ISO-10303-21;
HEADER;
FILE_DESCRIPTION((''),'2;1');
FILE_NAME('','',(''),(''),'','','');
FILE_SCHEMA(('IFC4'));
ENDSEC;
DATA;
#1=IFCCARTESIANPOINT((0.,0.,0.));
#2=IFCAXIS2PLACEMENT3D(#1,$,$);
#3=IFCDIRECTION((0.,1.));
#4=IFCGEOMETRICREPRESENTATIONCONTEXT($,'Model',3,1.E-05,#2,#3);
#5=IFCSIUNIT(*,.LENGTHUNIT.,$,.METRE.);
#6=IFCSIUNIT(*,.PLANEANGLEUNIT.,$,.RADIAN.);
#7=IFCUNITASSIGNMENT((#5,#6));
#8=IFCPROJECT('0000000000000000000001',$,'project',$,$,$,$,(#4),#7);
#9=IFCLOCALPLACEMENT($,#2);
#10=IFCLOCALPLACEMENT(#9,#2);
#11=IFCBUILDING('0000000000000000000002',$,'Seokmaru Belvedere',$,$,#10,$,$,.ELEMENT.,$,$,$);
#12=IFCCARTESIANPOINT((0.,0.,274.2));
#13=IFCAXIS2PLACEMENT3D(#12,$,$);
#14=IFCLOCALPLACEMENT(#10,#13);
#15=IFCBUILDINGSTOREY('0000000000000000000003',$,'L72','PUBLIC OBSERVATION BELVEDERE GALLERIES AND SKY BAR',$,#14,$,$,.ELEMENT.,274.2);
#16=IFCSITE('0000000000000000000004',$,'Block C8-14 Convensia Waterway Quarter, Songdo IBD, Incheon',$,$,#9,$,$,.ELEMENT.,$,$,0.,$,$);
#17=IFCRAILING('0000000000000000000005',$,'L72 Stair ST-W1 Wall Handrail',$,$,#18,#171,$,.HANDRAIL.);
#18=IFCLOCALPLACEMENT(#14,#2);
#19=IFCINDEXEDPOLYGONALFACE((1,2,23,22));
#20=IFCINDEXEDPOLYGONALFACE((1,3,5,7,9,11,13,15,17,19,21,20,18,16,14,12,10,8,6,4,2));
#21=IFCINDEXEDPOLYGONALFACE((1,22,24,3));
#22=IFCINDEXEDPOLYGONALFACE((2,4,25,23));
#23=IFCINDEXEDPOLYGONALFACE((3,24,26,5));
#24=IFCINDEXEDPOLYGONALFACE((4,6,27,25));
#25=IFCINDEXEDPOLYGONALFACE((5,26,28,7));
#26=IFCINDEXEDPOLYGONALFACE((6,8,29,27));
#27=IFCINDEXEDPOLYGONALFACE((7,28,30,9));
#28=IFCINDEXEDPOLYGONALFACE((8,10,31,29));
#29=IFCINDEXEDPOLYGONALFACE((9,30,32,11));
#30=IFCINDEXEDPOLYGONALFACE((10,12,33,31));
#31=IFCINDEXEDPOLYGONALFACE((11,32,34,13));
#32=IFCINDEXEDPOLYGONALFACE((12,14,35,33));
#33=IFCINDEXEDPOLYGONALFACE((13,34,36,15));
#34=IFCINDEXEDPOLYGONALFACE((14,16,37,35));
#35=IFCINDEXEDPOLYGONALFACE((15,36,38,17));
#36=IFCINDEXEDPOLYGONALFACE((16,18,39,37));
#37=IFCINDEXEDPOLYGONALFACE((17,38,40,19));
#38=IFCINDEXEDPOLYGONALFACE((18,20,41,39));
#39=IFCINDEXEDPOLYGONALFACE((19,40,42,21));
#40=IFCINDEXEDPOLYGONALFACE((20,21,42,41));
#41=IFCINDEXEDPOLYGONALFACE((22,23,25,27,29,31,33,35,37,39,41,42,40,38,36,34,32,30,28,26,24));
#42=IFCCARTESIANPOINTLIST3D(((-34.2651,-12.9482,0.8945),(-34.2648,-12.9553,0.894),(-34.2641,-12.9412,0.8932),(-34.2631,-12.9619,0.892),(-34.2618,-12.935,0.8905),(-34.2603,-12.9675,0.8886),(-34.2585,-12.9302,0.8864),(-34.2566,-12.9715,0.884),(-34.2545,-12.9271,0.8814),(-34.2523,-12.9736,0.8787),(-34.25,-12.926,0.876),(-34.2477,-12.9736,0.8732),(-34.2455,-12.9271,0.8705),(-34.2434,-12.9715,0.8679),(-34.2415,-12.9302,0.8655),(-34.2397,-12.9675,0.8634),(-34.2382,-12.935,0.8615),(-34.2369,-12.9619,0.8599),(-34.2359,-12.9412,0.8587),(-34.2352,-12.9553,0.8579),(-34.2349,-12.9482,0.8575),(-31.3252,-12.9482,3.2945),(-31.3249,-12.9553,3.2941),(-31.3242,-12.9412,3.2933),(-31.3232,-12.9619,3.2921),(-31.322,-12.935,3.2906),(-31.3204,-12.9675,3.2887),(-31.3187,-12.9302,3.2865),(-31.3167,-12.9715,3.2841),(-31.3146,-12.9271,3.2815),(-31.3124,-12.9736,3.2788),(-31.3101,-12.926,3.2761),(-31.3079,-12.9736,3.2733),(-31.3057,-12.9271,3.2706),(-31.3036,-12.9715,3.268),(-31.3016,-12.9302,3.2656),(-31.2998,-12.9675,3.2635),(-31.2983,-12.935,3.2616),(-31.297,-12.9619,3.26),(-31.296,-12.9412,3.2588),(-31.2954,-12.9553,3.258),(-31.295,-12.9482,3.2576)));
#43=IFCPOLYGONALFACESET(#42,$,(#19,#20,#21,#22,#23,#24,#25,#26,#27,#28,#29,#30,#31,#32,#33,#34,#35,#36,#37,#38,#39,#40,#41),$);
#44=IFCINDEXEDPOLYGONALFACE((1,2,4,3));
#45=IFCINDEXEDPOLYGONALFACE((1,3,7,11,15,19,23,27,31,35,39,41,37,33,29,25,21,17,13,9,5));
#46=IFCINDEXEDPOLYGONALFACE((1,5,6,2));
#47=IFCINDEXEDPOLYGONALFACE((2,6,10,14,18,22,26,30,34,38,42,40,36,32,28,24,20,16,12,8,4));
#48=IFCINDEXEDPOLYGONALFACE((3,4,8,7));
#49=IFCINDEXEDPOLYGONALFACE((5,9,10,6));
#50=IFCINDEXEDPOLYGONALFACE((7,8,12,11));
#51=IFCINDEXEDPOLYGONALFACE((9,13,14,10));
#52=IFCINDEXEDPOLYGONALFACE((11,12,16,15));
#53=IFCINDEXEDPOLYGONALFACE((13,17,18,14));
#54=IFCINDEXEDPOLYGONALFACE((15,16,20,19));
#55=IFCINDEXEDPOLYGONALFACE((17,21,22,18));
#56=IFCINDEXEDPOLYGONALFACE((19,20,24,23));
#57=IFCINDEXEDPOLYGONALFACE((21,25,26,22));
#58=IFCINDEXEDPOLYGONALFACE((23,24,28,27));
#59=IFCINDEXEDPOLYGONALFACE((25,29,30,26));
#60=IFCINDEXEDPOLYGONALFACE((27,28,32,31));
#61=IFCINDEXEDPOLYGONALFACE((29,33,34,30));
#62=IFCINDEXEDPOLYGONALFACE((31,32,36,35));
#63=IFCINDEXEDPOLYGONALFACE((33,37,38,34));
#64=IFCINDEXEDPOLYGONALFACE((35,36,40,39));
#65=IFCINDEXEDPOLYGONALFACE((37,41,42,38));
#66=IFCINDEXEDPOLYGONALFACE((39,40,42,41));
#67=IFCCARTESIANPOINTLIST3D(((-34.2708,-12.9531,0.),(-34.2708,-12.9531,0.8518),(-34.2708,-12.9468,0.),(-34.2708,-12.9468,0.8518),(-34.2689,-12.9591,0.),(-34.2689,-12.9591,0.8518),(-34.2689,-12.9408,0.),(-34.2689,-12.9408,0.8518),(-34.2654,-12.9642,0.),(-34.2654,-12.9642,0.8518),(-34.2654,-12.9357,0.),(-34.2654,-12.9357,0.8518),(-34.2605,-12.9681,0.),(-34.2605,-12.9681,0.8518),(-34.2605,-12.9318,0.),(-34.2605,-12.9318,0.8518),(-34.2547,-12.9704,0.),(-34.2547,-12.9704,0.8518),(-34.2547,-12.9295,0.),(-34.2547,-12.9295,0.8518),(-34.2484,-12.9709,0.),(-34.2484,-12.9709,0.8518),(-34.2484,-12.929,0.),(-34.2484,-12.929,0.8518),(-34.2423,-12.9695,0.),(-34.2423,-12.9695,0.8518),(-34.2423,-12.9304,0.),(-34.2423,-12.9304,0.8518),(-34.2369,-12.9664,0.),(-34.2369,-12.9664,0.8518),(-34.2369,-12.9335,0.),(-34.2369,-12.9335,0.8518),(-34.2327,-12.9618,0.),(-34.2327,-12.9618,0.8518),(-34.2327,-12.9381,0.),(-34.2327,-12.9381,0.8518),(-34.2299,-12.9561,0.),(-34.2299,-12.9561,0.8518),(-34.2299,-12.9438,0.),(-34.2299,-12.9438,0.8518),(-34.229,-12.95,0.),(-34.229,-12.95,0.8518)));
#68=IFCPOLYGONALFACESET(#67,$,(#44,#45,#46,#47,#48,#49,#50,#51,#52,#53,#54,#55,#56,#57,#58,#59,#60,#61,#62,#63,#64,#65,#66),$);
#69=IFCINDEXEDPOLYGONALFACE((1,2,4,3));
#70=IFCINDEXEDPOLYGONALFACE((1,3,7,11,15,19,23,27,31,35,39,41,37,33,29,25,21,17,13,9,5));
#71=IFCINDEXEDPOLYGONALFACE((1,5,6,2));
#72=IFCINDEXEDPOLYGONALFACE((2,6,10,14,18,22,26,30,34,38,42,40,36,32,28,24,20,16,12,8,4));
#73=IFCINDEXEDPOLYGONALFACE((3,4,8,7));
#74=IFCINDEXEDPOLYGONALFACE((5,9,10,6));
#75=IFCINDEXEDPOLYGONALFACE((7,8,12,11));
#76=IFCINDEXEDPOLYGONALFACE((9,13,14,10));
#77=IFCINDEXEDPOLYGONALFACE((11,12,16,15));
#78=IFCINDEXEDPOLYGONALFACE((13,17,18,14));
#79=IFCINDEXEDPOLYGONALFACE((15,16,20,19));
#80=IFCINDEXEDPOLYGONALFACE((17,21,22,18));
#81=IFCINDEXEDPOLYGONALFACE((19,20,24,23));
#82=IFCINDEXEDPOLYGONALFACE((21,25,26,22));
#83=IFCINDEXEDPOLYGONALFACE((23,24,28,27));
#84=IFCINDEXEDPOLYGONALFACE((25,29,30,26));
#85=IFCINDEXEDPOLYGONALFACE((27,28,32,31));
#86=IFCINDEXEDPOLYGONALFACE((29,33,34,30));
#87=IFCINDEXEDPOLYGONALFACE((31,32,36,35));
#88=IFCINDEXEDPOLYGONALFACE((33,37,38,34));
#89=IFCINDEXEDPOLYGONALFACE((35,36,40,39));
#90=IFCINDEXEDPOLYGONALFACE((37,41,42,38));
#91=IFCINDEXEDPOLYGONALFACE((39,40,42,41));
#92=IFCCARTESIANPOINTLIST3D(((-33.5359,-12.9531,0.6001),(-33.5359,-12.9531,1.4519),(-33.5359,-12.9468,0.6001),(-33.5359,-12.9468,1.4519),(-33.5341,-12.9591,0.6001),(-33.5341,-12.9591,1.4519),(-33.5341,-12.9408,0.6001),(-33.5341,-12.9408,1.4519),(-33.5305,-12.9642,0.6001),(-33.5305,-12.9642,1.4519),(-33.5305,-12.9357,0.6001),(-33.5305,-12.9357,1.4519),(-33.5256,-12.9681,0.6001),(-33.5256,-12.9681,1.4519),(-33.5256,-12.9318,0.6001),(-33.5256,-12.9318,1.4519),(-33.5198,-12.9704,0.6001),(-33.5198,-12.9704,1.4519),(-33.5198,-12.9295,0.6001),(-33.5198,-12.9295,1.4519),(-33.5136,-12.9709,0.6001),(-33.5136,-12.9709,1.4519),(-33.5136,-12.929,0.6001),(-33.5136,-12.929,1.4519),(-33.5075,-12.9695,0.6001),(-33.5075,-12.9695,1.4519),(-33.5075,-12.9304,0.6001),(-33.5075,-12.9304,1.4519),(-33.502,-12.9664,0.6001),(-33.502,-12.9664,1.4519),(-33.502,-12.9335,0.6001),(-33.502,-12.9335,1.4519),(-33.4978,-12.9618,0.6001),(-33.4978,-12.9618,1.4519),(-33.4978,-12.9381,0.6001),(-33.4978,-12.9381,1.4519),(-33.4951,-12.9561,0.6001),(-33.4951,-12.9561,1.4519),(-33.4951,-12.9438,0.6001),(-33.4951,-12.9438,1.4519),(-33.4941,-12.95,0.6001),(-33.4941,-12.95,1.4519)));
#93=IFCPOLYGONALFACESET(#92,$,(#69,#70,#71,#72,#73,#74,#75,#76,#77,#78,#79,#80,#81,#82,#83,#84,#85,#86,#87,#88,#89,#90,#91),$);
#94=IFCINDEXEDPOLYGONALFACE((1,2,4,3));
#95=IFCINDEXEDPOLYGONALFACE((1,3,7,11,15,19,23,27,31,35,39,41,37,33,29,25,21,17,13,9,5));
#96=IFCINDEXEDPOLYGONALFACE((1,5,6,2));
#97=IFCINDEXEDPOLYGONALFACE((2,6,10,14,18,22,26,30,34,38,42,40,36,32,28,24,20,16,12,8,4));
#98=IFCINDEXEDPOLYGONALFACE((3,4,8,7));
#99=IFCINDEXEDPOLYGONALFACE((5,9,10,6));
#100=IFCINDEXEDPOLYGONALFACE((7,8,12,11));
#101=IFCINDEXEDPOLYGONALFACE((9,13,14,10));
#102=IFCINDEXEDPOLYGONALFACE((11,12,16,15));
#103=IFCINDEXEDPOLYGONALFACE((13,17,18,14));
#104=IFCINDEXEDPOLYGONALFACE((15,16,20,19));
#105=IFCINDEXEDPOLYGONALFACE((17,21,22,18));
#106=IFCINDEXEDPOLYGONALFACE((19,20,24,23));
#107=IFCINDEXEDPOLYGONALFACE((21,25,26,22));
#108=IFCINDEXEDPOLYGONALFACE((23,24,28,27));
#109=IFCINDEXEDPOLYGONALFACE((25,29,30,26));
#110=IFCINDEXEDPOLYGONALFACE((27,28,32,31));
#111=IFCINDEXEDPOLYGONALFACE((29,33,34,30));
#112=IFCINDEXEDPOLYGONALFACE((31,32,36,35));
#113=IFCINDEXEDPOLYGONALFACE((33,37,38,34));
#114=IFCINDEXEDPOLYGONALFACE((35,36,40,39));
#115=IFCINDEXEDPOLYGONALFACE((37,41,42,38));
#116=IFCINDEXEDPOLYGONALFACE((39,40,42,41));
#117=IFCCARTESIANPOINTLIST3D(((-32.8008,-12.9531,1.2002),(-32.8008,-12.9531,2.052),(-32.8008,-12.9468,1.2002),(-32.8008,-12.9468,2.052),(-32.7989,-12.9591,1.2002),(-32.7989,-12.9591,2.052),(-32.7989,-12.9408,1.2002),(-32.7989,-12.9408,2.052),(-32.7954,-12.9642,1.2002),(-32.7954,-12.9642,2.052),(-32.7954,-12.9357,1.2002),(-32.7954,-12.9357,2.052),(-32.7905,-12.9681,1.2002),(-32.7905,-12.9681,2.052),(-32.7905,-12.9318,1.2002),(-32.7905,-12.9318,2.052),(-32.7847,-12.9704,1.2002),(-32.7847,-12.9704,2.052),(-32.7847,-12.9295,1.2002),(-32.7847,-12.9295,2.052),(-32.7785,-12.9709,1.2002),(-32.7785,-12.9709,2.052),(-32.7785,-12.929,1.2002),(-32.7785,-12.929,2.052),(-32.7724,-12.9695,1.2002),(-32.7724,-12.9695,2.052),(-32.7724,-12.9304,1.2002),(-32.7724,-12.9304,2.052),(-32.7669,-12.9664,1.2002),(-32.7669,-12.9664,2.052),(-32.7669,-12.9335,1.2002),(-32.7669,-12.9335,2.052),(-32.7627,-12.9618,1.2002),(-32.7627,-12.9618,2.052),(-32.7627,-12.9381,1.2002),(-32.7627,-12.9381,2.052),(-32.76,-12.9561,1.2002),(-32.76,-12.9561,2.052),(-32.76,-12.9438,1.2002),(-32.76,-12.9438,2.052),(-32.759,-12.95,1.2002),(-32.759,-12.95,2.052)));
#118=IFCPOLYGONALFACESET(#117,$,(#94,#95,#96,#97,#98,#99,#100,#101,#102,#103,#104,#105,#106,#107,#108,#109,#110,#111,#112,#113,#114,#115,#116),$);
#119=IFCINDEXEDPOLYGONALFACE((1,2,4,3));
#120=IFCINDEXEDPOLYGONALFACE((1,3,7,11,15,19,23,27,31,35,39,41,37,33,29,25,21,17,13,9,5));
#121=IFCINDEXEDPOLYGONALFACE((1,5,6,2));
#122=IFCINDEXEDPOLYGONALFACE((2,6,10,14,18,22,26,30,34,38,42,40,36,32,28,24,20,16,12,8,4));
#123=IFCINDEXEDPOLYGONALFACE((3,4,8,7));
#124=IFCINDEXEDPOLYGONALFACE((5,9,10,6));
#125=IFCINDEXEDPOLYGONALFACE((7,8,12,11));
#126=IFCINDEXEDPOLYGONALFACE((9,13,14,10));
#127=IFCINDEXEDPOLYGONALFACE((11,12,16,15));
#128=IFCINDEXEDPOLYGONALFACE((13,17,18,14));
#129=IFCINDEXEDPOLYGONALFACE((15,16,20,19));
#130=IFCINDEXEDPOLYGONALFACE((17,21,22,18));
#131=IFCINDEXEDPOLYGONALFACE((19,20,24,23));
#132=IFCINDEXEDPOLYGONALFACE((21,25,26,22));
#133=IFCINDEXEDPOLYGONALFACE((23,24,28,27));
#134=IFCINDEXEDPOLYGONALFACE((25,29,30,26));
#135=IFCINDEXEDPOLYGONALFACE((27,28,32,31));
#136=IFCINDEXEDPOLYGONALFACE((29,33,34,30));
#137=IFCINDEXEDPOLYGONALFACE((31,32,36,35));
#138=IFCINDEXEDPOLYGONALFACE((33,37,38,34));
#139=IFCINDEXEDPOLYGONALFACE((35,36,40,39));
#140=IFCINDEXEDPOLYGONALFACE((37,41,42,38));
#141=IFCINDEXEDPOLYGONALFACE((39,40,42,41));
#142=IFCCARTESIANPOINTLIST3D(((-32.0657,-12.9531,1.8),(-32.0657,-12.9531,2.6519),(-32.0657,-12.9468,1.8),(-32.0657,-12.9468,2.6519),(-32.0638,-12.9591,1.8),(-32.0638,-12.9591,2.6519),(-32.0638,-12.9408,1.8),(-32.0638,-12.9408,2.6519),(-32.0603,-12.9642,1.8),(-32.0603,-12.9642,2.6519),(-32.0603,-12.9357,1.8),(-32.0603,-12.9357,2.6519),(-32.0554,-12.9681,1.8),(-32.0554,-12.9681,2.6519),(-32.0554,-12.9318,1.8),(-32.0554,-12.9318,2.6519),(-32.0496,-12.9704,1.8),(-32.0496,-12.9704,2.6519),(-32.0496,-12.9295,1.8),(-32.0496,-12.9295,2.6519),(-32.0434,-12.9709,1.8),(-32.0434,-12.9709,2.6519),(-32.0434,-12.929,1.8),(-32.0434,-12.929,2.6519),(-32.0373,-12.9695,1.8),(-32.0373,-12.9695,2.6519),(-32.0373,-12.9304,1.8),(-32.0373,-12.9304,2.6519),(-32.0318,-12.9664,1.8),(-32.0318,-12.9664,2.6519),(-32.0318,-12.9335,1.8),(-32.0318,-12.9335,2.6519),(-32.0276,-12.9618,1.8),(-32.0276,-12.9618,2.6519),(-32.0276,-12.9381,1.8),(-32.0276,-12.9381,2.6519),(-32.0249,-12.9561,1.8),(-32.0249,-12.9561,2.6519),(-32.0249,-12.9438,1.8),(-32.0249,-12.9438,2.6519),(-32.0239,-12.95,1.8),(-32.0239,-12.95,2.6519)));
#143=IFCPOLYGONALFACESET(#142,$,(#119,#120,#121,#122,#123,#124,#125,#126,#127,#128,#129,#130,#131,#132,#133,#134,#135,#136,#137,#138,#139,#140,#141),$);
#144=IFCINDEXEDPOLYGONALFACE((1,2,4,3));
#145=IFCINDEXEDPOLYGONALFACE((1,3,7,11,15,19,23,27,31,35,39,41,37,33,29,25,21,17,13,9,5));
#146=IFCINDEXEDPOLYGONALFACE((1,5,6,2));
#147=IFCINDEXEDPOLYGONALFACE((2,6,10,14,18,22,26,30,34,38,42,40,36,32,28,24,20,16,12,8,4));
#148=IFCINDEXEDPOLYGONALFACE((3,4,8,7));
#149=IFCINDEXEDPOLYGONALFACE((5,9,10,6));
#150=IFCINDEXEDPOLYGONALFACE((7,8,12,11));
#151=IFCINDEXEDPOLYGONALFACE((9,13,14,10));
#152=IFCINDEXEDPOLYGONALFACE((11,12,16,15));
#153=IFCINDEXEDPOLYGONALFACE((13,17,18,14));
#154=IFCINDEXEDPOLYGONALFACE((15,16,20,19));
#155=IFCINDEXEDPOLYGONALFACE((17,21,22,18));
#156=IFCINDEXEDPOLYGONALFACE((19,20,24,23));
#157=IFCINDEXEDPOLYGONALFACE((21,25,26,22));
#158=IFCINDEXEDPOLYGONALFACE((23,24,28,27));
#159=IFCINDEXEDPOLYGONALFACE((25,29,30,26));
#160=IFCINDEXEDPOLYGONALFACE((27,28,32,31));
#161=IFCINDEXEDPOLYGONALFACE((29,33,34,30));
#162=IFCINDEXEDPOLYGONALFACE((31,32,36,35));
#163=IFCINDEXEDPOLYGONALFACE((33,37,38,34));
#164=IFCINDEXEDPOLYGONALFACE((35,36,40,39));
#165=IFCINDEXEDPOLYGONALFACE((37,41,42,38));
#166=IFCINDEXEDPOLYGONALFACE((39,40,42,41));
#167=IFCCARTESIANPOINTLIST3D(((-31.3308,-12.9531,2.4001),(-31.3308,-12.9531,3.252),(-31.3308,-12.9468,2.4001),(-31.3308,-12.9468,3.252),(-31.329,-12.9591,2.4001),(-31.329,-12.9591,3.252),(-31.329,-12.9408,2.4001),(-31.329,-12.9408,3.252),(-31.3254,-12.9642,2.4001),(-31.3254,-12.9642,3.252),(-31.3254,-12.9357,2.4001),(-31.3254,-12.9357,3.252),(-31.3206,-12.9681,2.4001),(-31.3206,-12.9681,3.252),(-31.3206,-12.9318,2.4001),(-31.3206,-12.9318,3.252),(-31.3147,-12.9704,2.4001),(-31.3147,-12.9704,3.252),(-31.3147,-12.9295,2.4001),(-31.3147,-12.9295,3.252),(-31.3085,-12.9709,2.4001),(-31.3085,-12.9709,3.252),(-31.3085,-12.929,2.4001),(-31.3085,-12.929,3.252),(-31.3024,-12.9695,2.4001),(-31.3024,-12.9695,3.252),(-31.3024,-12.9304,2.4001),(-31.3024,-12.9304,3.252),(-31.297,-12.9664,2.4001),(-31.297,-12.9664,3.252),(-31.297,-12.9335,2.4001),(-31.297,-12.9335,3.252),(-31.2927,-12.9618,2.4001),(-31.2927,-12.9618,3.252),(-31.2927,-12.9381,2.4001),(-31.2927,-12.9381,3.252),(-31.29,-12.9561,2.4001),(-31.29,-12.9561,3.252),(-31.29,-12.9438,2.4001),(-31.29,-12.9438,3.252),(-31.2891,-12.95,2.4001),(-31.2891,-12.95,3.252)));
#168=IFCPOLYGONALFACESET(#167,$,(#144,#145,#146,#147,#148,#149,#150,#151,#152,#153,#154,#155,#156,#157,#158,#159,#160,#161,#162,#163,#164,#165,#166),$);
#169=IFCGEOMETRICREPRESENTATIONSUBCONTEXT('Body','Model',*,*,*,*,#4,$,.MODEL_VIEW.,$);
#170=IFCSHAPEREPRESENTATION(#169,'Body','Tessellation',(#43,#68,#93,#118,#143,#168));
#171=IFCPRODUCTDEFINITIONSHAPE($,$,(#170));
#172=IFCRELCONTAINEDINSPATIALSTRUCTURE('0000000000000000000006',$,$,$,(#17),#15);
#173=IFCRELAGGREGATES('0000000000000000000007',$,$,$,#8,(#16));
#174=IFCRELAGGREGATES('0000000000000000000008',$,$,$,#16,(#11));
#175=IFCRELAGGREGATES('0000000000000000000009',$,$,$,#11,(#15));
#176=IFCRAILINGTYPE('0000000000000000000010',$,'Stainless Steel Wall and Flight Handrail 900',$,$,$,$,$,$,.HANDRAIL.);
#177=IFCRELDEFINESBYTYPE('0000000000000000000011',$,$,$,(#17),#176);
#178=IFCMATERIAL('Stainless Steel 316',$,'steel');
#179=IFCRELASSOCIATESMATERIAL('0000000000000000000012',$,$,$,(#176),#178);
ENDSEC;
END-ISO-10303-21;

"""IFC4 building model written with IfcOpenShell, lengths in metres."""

from ifc_helpers import new_model, si_unit, direction, frame, origin, origin_2d, place, context, subcontext, project, spatial, circle, extrude, material, type_object, element, save


model = new_model("IFC4")

# Units and contexts
model_context = context("Model", 3, precision=1e-05, world=origin(), true_north=direction((0.0, 1.0)))
body_context = subcontext(model_context, "Body", "Model", "MODEL_VIEW")
ifc_project = project(units=[si_unit("LENGTHUNIT", "METRE"), si_unit("PLANEANGLEUNIT", "RADIAN")], contexts=[model_context])

# Site, building, storey
site_placement = place(None, origin())
site = spatial("IfcSite", under=ifc_project, at=site_placement, Name="Block C8-14 Convensia Waterway Quarter, Songdo IBD, Incheon", CompositionType="ELEMENT", RefElevation=0.0)
building_placement = place(site_placement, origin())
building = spatial("IfcBuilding", under=site, at=building_placement, Name="Seokmaru Belvedere", CompositionType="ELEMENT")
storey_placement = place(building_placement, frame((0.0, 0.0, 274.2)))
storey = spatial("IfcBuildingStorey", under=building, at=storey_placement, Name="L72", Description="PUBLIC OBSERVATION BELVEDERE GALLERIES AND SKY BAR", CompositionType="ELEMENT", Elevation=274.2)

# Railing
ifc_material_1 = material(Name="Stainless Steel 316", Category="steel")
railing_type_1 = type_object("IfcRailingType", Name="Stainless Steel Wall and Flight Handrail 900", PredefinedType="HANDRAIL", material=ifc_material_1)
railing_1_placement = place(storey_placement, frame((-34.25, -12.95, 0.0)))
element("IfcRailing", 1, at=railing_1_placement, inside=storey, type_object=railing_type_1, Name="L72 Stair ST-W1 Wall Handrail", PredefinedType="HANDRAIL", context=body_context, shape_type="SweptSolid", body=[
    extrude(circle(Radius=0.0239, at=origin_2d()), frame((0.0, 0.0, 0.876), z_axis=(0.774636, 0.0, 0.632407), x_axis=(0.0, 1.0, 0.0)), (0.0, 0.0, 1.0), 3.7952),
    extrude(circle(Radius=0.021, at=origin_2d()), origin(), (0.0, 0.0, 1.0), 0.8518),
    extrude(circle(Radius=0.021, at=origin_2d()), frame((0.7349, 0.0, 0.6001)), (0.0, 0.0, 1.0), 0.8518),
    extrude(circle(Radius=0.021, at=origin_2d()), frame((1.47, 0.0, 1.2002)), (0.0, 0.0, 1.0), 0.8518),
    extrude(circle(Radius=0.021, at=origin_2d()), frame((2.2051, 0.0, 1.8)), (0.0, 0.0, 1.0), 0.8518),
    extrude(circle(Radius=0.021, at=origin_2d()), frame((2.9399, 0.0, 2.4001)), (0.0, 0.0, 1.0), 0.8518),
])

save(model, "model.ifc")
